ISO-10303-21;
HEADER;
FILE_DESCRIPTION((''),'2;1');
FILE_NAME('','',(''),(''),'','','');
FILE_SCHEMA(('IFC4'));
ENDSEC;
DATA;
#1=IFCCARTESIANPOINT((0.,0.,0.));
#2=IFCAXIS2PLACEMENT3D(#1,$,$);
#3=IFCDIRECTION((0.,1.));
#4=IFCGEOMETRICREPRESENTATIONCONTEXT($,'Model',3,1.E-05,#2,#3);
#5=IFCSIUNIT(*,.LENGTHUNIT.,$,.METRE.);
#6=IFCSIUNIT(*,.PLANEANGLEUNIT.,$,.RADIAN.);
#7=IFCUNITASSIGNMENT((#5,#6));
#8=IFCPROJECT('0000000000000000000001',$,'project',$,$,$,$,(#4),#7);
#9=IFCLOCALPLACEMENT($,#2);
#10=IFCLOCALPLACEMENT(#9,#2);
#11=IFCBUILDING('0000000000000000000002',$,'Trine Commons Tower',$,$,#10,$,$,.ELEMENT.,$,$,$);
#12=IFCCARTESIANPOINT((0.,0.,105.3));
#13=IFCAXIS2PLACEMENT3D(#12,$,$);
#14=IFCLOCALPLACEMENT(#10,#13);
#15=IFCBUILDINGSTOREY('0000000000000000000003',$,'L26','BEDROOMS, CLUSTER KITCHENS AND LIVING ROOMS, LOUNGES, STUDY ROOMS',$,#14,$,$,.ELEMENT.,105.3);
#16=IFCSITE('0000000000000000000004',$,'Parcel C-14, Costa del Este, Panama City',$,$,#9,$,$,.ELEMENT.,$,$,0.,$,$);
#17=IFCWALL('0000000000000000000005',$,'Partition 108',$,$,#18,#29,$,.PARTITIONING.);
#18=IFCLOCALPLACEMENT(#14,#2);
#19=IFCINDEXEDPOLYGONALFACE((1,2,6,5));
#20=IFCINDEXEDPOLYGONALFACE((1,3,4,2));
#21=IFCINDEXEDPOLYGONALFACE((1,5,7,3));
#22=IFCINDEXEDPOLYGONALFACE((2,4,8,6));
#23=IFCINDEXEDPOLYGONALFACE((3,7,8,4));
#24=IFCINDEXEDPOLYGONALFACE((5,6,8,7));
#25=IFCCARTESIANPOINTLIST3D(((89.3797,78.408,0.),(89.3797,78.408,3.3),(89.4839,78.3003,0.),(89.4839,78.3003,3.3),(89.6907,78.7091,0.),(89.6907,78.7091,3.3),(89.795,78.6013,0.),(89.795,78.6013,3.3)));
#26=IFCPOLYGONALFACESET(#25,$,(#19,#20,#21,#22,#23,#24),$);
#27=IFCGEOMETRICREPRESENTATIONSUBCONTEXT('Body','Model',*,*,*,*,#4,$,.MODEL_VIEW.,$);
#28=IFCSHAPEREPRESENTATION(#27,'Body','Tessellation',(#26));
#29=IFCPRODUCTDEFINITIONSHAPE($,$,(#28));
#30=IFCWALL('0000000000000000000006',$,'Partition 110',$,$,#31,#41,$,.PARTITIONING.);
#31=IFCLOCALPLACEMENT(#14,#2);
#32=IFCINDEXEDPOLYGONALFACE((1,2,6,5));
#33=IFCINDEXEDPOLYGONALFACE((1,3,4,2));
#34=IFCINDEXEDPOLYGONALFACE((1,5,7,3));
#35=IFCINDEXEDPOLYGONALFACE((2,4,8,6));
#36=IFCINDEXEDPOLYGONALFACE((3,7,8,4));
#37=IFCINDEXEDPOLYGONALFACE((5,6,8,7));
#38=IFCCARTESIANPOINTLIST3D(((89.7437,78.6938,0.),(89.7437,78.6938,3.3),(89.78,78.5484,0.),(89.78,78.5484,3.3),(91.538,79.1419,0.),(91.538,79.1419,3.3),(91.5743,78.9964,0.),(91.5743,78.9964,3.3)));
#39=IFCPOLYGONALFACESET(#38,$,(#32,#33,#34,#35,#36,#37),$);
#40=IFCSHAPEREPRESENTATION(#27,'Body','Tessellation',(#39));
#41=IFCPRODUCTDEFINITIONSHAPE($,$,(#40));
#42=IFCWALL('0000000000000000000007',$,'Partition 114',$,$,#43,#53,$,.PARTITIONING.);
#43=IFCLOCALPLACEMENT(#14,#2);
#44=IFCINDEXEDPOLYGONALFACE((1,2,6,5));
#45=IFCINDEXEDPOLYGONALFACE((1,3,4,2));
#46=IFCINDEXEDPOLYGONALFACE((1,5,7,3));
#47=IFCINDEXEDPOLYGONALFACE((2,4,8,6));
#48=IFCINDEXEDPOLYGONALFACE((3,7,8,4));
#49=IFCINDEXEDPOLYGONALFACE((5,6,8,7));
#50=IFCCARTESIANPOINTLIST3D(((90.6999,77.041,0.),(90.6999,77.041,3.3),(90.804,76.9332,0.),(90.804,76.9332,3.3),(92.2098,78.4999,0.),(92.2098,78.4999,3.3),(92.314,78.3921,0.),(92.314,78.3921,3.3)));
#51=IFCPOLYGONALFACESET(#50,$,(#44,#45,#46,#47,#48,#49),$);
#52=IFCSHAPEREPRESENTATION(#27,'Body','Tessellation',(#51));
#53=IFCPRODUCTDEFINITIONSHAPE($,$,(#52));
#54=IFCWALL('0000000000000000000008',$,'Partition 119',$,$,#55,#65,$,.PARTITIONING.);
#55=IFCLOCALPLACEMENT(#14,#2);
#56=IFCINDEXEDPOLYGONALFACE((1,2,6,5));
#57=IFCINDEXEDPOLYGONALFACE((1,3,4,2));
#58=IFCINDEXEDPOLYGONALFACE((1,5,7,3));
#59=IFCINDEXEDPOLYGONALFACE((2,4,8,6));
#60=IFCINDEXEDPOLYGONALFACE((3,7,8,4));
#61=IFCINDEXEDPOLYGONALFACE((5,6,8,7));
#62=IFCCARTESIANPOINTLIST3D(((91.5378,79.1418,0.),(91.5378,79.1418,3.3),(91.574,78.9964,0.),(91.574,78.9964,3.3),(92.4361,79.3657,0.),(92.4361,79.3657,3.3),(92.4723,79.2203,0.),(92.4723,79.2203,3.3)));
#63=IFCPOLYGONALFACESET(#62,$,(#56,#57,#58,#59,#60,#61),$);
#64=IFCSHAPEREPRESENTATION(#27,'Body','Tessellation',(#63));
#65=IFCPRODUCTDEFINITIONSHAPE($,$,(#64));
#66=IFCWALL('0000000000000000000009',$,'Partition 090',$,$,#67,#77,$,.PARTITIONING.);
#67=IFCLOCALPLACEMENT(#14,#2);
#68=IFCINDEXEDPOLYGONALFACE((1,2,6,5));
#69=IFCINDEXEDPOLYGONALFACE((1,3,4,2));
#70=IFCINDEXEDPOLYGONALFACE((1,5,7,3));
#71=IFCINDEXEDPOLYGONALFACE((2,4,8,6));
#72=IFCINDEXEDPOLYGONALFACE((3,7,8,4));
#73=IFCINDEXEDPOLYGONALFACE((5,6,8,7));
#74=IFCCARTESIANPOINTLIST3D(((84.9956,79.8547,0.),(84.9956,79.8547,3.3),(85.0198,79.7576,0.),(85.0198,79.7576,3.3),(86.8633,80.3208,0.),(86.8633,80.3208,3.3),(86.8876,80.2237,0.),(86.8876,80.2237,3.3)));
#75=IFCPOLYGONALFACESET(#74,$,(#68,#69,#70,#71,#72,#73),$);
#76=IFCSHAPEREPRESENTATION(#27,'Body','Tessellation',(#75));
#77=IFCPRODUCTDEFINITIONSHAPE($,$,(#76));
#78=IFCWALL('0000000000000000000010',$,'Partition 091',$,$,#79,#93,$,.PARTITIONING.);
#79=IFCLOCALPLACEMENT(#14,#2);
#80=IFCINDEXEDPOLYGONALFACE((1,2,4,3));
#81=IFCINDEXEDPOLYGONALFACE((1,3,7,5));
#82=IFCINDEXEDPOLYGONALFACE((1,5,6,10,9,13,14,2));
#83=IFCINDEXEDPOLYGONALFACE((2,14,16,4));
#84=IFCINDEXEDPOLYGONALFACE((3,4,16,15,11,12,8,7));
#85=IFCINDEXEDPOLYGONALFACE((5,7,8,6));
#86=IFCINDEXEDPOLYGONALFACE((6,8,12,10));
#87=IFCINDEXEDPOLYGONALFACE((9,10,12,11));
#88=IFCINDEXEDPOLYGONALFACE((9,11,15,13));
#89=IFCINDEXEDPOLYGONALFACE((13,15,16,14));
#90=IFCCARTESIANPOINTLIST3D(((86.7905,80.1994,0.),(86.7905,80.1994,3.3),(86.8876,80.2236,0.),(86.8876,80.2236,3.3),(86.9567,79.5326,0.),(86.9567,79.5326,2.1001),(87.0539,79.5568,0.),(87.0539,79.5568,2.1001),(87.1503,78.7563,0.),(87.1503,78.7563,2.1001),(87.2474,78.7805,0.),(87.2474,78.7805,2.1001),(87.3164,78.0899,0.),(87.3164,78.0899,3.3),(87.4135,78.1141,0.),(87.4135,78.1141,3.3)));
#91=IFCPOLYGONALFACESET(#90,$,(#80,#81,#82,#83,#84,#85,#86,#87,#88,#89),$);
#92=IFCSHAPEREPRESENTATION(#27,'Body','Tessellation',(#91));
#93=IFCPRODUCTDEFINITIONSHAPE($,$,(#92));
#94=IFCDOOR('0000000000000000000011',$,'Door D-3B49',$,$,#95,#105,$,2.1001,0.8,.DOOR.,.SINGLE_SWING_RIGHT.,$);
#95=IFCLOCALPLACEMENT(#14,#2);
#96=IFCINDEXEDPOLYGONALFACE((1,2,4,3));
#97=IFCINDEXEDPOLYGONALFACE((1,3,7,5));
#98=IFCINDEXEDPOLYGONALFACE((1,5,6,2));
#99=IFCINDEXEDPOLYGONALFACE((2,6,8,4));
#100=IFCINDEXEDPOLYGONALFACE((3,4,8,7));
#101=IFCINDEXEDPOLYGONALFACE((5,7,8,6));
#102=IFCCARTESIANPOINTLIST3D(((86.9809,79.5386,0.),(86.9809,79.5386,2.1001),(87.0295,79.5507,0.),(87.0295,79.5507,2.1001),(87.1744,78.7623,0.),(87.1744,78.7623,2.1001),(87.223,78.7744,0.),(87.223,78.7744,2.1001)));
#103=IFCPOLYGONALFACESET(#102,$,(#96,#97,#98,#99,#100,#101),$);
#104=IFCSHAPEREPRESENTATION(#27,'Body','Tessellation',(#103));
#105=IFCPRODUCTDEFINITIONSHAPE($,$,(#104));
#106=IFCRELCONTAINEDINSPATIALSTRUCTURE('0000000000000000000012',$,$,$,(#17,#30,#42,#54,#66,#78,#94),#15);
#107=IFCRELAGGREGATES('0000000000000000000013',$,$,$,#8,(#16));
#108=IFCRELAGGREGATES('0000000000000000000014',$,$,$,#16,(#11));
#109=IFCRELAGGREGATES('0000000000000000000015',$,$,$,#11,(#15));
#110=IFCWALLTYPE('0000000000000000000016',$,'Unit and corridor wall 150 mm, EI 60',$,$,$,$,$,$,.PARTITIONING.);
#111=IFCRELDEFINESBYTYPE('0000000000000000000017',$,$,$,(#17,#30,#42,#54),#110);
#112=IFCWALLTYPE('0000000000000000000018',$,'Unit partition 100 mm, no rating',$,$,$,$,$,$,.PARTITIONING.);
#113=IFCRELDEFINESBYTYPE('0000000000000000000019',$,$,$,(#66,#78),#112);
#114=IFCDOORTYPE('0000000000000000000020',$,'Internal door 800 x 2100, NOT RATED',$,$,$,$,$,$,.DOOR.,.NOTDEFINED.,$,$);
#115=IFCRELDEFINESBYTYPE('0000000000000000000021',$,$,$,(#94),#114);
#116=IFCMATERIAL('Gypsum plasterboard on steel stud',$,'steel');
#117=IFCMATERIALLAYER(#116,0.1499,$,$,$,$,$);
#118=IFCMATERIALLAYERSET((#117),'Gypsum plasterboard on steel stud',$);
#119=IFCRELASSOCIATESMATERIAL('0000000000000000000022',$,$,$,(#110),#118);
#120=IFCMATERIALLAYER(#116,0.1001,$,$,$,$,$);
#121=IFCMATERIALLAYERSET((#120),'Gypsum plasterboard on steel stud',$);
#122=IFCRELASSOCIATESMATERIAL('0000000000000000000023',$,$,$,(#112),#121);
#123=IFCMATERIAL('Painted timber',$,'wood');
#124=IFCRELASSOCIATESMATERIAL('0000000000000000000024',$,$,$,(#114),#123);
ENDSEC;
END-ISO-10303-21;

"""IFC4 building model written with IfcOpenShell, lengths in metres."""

from ifc_helpers import new_model, si_unit, direction, frame, frame_2d, origin, place, context, subcontext, project, spatial, rectangle, extrude, material, layer, layer_set, type_object, element, fill, save


model = new_model("IFC4")

# Units and contexts
model_context = context("Model", 3, precision=1e-05, world=origin(), true_north=direction((0.0, 1.0)))
body_context = subcontext(model_context, "Body", "Model", "MODEL_VIEW")
ifc_project = project(units=[si_unit("LENGTHUNIT", "METRE"), si_unit("PLANEANGLEUNIT", "RADIAN")], contexts=[model_context])

# Site, building, storey
site_placement = place(None, origin())
site = spatial("IfcSite", under=ifc_project, at=site_placement, Name="Parcel C-14, Costa del Este, Panama City", CompositionType="ELEMENT", RefElevation=0.0)
building_placement = place(site_placement, origin())
building = spatial("IfcBuilding", under=site, at=building_placement, Name="Trine Commons Tower", CompositionType="ELEMENT")
storey_placement = place(building_placement, frame((0.0, 0.0, 105.3)))
storey = spatial("IfcBuildingStorey", under=building, at=storey_placement, Name="L26", Description="BEDROOMS, CLUSTER KITCHENS AND LIVING ROOMS, LOUNGES, STUDY ROOMS", CompositionType="ELEMENT", Elevation=105.3)

# Shared definitions
ifc_material_1 = material(Name="Gypsum plasterboard on steel stud", Category="steel")
ifc_layer_1 = layer(ifc_material_1, 0.1499)
ifc_layer_set_1 = layer_set([ifc_layer_1], Name="Gypsum plasterboard on steel stud")
wall_type_1 = type_object("IfcWallType", Name="Unit and corridor wall 150 mm, EI 60", PredefinedType="PARTITIONING", material=ifc_layer_set_1)

# Shared definitions
ifc_material_2 = material(Name="Painted timber", Category="wood")

# Walls
wall_1_placement = place(storey_placement, frame((89.4319, 78.3542, 0.0), z_axis=(0.0, 0.0, 1.0), x_axis=(0.718575, 0.69545, 0.0)))
element("IfcWall", 1, at=wall_1_placement, inside=storey, type_object=wall_type_1, Name="Partition 108", PredefinedType="PARTITIONING", context=body_context, shape_type="SweptSolid", body=[
    extrude(rectangle(XDim=0.4329, YDim=0.1499, at=frame_2d((0.2163, 0.0))), origin(), (0.0, 0.0, 1.0), 3.3),
])
wall_2_placement = place(storey_placement, frame((89.7617, 78.6211, 0.0), z_axis=(0.0, 0.0, 1.0), x_axis=(0.970212, 0.242256, 0.0)))
element("IfcWall", 2, at=wall_2_placement, inside=storey, type_object=wall_type_1, Name="Partition 110", PredefinedType="PARTITIONING", context=body_context, shape_type="SweptSolid", body=[
    extrude(rectangle(XDim=1.8494, YDim=0.1499, at=frame_2d((0.9248, 0.0))), origin(), (0.0, 0.0, 1.0), 3.3),
])
wall_3_placement = place(storey_placement, frame((90.752, 76.9871, 0.0), z_axis=(0.0, 0.0, 1.0), x_axis=(0.719153, 0.694852, 0.0)))
element("IfcWall", 3, at=wall_3_placement, inside=storey, type_object=wall_type_1, Name="Partition 114", PredefinedType="PARTITIONING", context=body_context, shape_type="SweptSolid", body=[
    extrude(rectangle(XDim=2.0996, YDim=0.1499, at=frame_2d((1.0498, 0.0))), origin(), (0.0, 0.0, 1.0), 3.3),
])
wall_4_placement = place(storey_placement, frame((91.5559, 79.0691, 0.0), z_axis=(0.0, 0.0, 1.0), x_axis=(0.970313, 0.241853, 0.0)))
element("IfcWall", 4, at=wall_4_placement, inside=storey, type_object=wall_type_1, Name="Partition 119", PredefinedType="PARTITIONING", context=body_context, shape_type="SweptSolid", body=[
    extrude(rectangle(XDim=0.9258, YDim=0.1499, at=frame_2d((0.4629, 0.0))), origin(), (0.0, 0.0, 1.0), 3.3),
])
ifc_layer_2 = layer(ifc_material_1, 0.1001)
ifc_layer_set_2 = layer_set([ifc_layer_2], Name="Gypsum plasterboard on steel stud")
wall_type_2 = type_object("IfcWallType", Name="Unit partition 100 mm, no rating", PredefinedType="PARTITIONING", material=ifc_layer_set_2)
wall_5_placement = place(storey_placement, frame((85.0078, 79.8062, 0.0), z_axis=(0.0, 0.0, 1.0), x_axis=(0.970247, 0.242118, 0.0)))
element("IfcWall", 5, at=wall_5_placement, inside=storey, type_object=wall_type_2, Name="Partition 090", PredefinedType="PARTITIONING", context=body_context, shape_type="SweptSolid", body=[
    extrude(rectangle(XDim=1.925, YDim=0.1001, at=frame_2d((0.9624, 0.0))), origin(), (0.0, 0.0, 1.0), 3.3),
])

# Wall, opening, door
wall_6_placement = place(storey_placement, frame((86.8391, 80.2114, 0.0), z_axis=(0.0, 0.0, 1.0), x_axis=(0.241875, -0.970307, 0.0)))
wall_6 = element("IfcWall", 6, at=wall_6_placement, inside=storey, type_object=wall_type_2, Name="Partition 091", PredefinedType="PARTITIONING", context=body_context, shape_type="SweptSolid", body=[
    extrude(rectangle(XDim=2.1741, YDim=0.1001, at=frame_2d((1.0869, 0.0))), origin(), (0.0, 0.0, 1.0), 3.3),
])
opening_1_placement = place(wall_6_placement, frame((0.6873, 0.0, 0.0)))
opening_1 = element("IfcOpeningElement", 7, at=opening_1_placement, cuts=wall_6, PredefinedType="OPENING", context=body_context, shape_type="SweptSolid", body=[
    extrude(rectangle(XDim=0.8, YDim=2.1001, at=frame_2d((0.3999, 1.05))), frame((0.0, 0.0601, 0.0), z_axis=(0.0, -1.0, 0.0), x_axis=(1.0, 0.0, 0.0)), (0.0, 0.0, 1.0), 0.1201),
])
door_type_1 = type_object("IfcDoorType", Name="Internal door 800 x 2100, NOT RATED", OperationType="NOTDEFINED", PredefinedType="DOOR", material=ifc_material_2)
door_1_placement = place(opening_1_placement, origin())
door_1 = element("IfcDoor", 8, at=door_1_placement, inside=storey, type_object=door_type_1, Name="Door D-3B49", OperationType="SINGLE_SWING_RIGHT", OverallHeight=2.1001, OverallWidth=0.8, PredefinedType="DOOR", context=body_context, shape_type="SweptSolid", body=[
    extrude(rectangle(XDim=0.8, YDim=2.1001, at=frame_2d((0.3999, 1.05))), frame((0.0, 0.0249, 0.0), z_axis=(0.0, -1.0, 0.0), x_axis=(1.0, 0.0, 0.0)), (0.0, 0.0, 1.0), 0.05),
])
fill(opening_1, door_1)

save(model, "model.ifc")
